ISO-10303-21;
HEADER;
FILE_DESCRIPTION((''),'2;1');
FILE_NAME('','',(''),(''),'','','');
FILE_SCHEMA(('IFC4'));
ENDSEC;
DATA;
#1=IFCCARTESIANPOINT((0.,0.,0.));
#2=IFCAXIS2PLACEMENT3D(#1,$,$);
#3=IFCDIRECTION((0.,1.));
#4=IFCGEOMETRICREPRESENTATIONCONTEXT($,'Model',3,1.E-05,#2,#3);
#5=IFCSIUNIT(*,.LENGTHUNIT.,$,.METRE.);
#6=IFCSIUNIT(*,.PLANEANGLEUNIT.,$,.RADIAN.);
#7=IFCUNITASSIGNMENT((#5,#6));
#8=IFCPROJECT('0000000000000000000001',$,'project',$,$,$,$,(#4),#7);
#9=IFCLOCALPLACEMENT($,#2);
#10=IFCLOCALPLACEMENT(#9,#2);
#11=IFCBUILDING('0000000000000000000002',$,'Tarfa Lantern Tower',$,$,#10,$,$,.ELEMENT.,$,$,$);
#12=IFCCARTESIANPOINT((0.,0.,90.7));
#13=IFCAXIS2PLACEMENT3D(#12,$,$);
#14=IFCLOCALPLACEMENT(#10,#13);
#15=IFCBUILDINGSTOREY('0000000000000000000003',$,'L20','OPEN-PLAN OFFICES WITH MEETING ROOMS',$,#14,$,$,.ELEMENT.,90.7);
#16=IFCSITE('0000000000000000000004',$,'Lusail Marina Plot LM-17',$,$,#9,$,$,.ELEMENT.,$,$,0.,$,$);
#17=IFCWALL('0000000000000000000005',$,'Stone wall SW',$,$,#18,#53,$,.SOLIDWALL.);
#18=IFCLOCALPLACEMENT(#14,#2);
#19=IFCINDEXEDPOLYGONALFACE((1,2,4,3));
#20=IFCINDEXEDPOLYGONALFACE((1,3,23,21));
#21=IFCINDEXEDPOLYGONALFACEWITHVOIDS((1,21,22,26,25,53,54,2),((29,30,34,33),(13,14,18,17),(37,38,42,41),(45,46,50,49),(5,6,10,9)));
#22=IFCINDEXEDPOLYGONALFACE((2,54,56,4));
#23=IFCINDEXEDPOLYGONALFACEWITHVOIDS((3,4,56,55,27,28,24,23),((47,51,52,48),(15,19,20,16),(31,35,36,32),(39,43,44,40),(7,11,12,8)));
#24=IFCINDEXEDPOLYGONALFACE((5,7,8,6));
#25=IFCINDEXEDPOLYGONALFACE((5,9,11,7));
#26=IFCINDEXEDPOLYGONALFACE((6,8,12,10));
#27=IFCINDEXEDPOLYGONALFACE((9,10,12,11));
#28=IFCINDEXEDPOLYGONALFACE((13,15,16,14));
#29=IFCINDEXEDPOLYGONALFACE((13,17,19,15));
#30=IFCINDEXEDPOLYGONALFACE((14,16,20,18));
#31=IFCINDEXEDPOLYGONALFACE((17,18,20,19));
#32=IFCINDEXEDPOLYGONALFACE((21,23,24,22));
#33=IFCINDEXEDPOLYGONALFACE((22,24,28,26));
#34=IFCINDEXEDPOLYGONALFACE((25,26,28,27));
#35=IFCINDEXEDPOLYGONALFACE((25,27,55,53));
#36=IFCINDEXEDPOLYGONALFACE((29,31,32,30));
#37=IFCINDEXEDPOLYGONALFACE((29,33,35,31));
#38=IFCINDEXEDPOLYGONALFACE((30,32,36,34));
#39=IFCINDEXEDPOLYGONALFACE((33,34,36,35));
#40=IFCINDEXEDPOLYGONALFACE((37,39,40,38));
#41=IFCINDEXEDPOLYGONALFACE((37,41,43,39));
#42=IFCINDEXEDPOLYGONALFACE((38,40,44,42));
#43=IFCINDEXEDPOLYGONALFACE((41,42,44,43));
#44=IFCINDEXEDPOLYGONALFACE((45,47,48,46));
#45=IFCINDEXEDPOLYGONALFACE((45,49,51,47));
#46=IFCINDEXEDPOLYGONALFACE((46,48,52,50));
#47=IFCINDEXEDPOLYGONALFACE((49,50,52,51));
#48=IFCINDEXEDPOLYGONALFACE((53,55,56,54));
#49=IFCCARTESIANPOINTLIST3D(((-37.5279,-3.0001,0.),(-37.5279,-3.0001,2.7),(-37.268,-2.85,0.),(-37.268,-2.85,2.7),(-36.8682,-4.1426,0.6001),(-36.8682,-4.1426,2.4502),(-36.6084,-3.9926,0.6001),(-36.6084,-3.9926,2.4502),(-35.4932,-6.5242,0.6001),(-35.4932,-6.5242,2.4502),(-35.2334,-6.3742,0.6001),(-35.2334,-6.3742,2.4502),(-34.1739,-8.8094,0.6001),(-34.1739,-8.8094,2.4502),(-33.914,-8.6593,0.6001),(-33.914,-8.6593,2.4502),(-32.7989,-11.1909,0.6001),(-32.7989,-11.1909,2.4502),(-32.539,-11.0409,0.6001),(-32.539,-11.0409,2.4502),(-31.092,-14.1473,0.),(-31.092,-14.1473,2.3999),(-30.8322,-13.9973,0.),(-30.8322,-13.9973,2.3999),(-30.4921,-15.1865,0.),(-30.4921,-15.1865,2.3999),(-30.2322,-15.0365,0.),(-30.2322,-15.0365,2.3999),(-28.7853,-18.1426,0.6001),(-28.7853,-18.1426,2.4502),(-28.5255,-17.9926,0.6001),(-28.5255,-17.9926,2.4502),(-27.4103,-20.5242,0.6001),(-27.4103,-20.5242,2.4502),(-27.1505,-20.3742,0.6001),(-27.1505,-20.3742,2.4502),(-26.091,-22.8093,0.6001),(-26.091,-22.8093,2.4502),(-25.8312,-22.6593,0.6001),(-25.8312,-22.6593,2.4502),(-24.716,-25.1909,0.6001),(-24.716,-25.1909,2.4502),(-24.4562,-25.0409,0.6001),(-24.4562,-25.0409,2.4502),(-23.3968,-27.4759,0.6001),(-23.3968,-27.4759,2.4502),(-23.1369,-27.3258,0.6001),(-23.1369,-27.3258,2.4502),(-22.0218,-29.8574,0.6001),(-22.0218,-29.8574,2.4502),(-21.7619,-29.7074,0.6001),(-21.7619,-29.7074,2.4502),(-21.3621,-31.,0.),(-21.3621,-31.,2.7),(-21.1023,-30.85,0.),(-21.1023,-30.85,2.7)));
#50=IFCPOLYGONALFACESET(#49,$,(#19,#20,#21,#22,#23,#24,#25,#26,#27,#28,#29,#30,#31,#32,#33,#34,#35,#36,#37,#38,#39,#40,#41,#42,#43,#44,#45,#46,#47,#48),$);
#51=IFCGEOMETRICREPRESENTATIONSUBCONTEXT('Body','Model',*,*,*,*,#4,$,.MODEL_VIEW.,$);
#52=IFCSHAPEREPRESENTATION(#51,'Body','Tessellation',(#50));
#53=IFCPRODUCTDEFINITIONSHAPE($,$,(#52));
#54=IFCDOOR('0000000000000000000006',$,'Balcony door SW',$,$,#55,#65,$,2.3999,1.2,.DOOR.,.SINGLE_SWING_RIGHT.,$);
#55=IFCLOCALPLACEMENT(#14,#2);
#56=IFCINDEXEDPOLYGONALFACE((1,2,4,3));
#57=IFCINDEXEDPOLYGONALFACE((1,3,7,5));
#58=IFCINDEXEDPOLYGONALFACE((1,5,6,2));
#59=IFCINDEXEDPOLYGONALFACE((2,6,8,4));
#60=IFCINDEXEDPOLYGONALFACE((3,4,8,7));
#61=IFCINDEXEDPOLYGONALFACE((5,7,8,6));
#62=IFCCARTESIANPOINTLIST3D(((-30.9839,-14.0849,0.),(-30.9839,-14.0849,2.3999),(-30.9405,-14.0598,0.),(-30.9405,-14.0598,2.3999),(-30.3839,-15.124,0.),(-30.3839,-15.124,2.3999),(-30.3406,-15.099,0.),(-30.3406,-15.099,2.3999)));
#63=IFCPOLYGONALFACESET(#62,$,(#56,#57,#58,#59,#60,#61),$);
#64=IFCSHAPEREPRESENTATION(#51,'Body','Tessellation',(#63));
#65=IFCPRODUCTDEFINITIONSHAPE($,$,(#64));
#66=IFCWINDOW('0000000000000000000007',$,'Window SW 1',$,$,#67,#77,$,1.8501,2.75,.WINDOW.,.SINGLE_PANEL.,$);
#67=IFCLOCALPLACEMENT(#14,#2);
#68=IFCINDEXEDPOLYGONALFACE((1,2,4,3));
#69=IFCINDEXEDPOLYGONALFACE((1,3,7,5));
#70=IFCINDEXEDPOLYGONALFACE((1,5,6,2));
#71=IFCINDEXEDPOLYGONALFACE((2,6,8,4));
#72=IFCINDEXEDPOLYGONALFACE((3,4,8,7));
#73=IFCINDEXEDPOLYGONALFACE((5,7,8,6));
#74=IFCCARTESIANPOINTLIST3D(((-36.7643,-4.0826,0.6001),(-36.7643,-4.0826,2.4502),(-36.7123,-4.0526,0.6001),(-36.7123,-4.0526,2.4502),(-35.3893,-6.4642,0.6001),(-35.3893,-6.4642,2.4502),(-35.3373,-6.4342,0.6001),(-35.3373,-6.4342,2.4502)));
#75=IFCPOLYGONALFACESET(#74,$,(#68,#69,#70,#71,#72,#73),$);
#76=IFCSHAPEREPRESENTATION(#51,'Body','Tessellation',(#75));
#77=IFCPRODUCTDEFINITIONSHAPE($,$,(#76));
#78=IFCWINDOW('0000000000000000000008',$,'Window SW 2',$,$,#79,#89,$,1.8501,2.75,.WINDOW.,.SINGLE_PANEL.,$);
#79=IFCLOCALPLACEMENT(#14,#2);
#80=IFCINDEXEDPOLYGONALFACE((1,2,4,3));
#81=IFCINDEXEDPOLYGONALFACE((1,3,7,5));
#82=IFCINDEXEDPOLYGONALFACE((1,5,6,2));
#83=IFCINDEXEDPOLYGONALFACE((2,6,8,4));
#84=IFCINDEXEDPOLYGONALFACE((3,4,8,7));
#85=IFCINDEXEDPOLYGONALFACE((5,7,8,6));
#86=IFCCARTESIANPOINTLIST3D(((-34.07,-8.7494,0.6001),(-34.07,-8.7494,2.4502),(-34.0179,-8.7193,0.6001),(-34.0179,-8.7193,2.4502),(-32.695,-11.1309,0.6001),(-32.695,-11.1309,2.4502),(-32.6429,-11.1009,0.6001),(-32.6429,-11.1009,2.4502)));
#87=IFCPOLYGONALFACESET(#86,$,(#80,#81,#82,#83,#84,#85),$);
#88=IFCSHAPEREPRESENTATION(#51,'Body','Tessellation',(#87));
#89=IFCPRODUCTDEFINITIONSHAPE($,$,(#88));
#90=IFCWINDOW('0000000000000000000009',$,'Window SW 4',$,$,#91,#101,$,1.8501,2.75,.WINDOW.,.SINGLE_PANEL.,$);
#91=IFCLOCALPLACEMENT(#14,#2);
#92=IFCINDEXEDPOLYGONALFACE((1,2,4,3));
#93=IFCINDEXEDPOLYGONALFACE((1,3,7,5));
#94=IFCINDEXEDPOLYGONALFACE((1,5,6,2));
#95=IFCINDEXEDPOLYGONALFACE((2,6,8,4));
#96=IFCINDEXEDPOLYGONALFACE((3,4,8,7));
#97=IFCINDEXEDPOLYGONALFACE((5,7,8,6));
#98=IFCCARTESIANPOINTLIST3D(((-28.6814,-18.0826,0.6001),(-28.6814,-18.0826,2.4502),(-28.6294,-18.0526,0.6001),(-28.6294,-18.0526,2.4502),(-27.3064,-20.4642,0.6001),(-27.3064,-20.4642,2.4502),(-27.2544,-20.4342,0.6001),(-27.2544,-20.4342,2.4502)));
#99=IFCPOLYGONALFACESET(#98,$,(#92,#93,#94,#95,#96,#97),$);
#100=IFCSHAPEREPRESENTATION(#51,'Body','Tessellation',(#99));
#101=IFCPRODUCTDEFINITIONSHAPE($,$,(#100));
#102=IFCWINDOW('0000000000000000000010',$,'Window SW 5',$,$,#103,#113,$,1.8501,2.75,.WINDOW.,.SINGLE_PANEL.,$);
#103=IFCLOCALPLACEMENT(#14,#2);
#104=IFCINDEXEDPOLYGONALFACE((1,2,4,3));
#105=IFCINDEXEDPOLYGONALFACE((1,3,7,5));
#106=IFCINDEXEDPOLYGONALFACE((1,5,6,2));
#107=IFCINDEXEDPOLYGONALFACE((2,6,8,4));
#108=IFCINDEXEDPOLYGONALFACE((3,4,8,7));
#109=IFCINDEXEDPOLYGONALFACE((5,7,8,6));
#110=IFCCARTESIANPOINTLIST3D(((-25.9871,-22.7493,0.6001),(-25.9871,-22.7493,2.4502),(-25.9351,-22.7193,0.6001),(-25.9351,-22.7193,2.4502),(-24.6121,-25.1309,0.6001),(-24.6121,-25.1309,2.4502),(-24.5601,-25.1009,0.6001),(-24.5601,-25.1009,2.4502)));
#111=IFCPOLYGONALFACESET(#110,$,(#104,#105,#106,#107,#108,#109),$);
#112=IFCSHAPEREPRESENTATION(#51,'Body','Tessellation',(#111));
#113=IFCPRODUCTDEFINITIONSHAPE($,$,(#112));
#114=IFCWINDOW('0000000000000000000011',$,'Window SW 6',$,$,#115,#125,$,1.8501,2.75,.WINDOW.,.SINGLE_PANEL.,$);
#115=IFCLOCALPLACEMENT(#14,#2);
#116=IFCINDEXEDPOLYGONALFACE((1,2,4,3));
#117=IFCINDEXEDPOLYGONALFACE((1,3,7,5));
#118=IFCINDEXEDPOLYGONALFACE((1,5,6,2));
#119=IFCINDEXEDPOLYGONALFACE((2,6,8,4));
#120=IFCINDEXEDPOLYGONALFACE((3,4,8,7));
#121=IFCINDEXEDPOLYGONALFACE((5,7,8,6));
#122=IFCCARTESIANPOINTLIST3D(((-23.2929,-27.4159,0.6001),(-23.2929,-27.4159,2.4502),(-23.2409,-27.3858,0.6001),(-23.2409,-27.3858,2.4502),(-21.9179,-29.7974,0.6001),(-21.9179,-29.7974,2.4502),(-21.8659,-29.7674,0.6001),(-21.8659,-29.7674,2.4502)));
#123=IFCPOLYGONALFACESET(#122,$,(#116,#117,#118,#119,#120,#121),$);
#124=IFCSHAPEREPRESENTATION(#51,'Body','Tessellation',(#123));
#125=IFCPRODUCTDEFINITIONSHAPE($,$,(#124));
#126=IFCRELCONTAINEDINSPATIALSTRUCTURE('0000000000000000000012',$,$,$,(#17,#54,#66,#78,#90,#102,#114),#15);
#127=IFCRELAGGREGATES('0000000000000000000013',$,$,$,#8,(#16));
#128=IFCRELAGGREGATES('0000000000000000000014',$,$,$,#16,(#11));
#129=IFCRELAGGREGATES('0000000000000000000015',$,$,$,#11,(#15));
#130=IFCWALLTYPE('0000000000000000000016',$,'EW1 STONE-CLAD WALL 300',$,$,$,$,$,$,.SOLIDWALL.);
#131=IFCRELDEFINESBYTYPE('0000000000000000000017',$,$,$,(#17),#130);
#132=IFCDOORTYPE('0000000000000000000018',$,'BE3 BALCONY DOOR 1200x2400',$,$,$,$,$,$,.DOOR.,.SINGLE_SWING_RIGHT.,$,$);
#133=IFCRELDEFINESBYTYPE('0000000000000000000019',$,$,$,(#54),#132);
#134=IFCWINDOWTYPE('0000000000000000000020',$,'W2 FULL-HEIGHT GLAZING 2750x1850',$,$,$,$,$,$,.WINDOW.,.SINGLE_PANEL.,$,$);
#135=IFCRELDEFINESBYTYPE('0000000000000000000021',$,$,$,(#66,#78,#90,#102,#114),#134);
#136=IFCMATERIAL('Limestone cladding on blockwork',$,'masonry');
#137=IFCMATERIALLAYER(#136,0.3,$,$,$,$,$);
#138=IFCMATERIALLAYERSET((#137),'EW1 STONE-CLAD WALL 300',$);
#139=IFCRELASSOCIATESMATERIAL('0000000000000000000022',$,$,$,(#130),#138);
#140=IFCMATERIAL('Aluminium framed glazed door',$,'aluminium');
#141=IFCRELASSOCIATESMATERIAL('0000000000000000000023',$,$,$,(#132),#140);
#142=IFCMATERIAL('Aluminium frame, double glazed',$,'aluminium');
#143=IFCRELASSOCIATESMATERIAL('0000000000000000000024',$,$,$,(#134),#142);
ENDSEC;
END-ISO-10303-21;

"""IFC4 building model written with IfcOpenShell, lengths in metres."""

from ifc_helpers import new_model, si_unit, direction, frame, frame_2d, origin, place, context, subcontext, project, spatial, rectangle, extrude, material, layer, layer_set, type_object, element, fill, save


model = new_model("IFC4")

# Units and contexts
model_context = context("Model", 3, precision=1e-05, world=origin(), true_north=direction((0.0, 1.0)))
body_context = subcontext(model_context, "Body", "Model", "MODEL_VIEW")
ifc_project = project(units=[si_unit("LENGTHUNIT", "METRE"), si_unit("PLANEANGLEUNIT", "RADIAN")], contexts=[model_context])

# Site, building, storey
site_placement = place(None, origin())
site = spatial("IfcSite", under=ifc_project, at=site_placement, Name="Lusail Marina Plot LM-17", CompositionType="ELEMENT", RefElevation=0.0)
building_placement = place(site_placement, origin())
building = spatial("IfcBuilding", under=site, at=building_placement, Name="Tarfa Lantern Tower", CompositionType="ELEMENT")
storey_placement = place(building_placement, frame((0.0, 0.0, 90.7)))
storey = spatial("IfcBuildingStorey", under=building, at=storey_placement, Name="L20", Description="OPEN-PLAN OFFICES WITH MEETING ROOMS", CompositionType="ELEMENT", Elevation=90.7)

# Wall, openings, door, windows
ifc_material_1 = material(Name="Limestone cladding on blockwork", Category="masonry")
ifc_layer_1 = layer(ifc_material_1, 0.3)
ifc_layer_set_1 = layer_set([ifc_layer_1], Name="EW1 STONE-CLAD WALL 300")
wall_type = type_object("IfcWallType", Name="EW1 STONE-CLAD WALL 300", PredefinedType="SOLIDWALL", material=ifc_layer_set_1)
wall_placement = place(storey_placement, frame((-37.3979, -2.925, 0.0), z_axis=(0.0, 0.0, 1.0), x_axis=(0.499999, -0.866026, 0.0)))
wall = element("IfcWall", 1, at=wall_placement, inside=storey, type_object=wall_type, Name="Stone wall SW", PredefinedType="SOLIDWALL", context=body_context, shape_type="SweptSolid", body=[
    extrude(rectangle(XDim=32.3315, YDim=0.3, at=frame_2d((16.1658, 0.0))), origin(), (0.0, 0.0, 1.0), 2.7),
])
opening_1_placement = place(wall_placement, frame((1.3193, 0.0, 0.6001)))
opening_1 = element("IfcOpeningElement", 2, at=opening_1_placement, cuts=wall, PredefinedType="OPENING", context=body_context, shape_type="SweptSolid", body=[
    extrude(rectangle(XDim=2.75, YDim=1.8501, at=frame_2d((1.375, 0.925))), frame((0.0, 0.1599, 0.0), z_axis=(0.0, -1.0, 0.0), x_axis=(1.0, 0.0, 0.0)), (0.0, 0.0, 1.0), 0.3201),
])
opening_2_placement = place(wall_placement, frame((6.708, 0.0, 0.6001)))
opening_2 = element("IfcOpeningElement", 3, at=opening_2_placement, cuts=wall, PredefinedType="OPENING", context=body_context, shape_type="SweptSolid", body=[
    extrude(rectangle(XDim=2.75, YDim=1.8501, at=frame_2d((1.375, 0.925))), frame((0.0, 0.1599, 0.0), z_axis=(0.0, -1.0, 0.0), x_axis=(1.0, 0.0, 0.0)), (0.0, 0.0, 1.0), 0.3201),
])
opening_3_placement = place(wall_placement, frame((12.8716, 0.0, 0.0)))
opening_3 = element("IfcOpeningElement", 4, at=opening_3_placement, cuts=wall, PredefinedType="OPENING", context=body_context, shape_type="SweptSolid", body=[
    extrude(rectangle(XDim=1.2, YDim=2.3999, at=frame_2d((0.6001, 1.2))), frame((0.0, 0.1599, 0.0), z_axis=(0.0, -1.0, 0.0), x_axis=(1.0, 0.0, 0.0)), (0.0, 0.0, 1.0), 0.3201),
])
opening_4_placement = place(wall_placement, frame((17.4851, 0.0, 0.6001)))
opening_4 = element("IfcOpeningElement", 5, at=opening_4_placement, cuts=wall, PredefinedType="OPENING", context=body_context, shape_type="SweptSolid", body=[
    extrude(rectangle(XDim=2.75, YDim=1.8501, at=frame_2d((1.375, 0.925))), frame((0.0, 0.1599, 0.0), z_axis=(0.0, -1.0, 0.0), x_axis=(1.0, 0.0, 0.0)), (0.0, 0.0, 1.0), 0.3201),
])
opening_5_placement = place(wall_placement, frame((22.8738, 0.0, 0.6001)))
opening_5 = element("IfcOpeningElement", 6, at=opening_5_placement, cuts=wall, PredefinedType="OPENING", context=body_context, shape_type="SweptSolid", body=[
    extrude(rectangle(XDim=2.75, YDim=1.8501, at=frame_2d((1.375, 0.925))), frame((0.0, 0.1599, 0.0), z_axis=(0.0, -1.0, 0.0), x_axis=(1.0, 0.0, 0.0)), (0.0, 0.0, 1.0), 0.3201),
])
opening_6_placement = place(wall_placement, frame((28.2622, 0.0, 0.6001)))
opening_6 = element("IfcOpeningElement", 7, at=opening_6_placement, cuts=wall, PredefinedType="OPENING", context=body_context, shape_type="SweptSolid", body=[
    extrude(rectangle(XDim=2.75, YDim=1.8501, at=frame_2d((1.375, 0.925))), frame((0.0, 0.1599, 0.0), z_axis=(0.0, -1.0, 0.0), x_axis=(1.0, 0.0, 0.0)), (0.0, 0.0, 1.0), 0.3201),
])
ifc_material_2 = material(Name="Aluminium framed glazed door", Category="aluminium")
door_type = type_object("IfcDoorType", Name="BE3 BALCONY DOOR 1200x2400", OperationType="SINGLE_SWING_RIGHT", PredefinedType="DOOR", material=ifc_material_2)
door_placement = place(opening_3_placement, origin())
door = element("IfcDoor", 8, at=door_placement, inside=storey, type_object=door_type, Name="Balcony door SW", OperationType="SINGLE_SWING_RIGHT", OverallHeight=2.3999, OverallWidth=1.2, PredefinedType="DOOR", context=body_context, shape_type="SweptSolid", body=[
    extrude(rectangle(XDim=1.2, YDim=2.3999, at=frame_2d((0.6001, 1.2))), frame((0.0, 0.0249, 0.0), z_axis=(0.0, -1.0, 0.0), x_axis=(1.0, 0.0, 0.0)), (0.0, 0.0, 1.0), 0.05),
])
fill(opening_3, door)
ifc_material_3 = material(Name="Aluminium frame, double glazed", Category="aluminium")
window_type = type_object("IfcWindowType", Name="W2 FULL-HEIGHT GLAZING 2750x1850", PartitioningType="SINGLE_PANEL", PredefinedType="WINDOW", material=ifc_material_3)
window_1_placement = place(opening_1_placement, origin())
window_1 = element("IfcWindow", 9, at=window_1_placement, inside=storey, type_object=window_type, Name="Window SW 1", OverallHeight=1.8501, OverallWidth=2.75, PartitioningType="SINGLE_PANEL", PredefinedType="WINDOW", context=body_context, shape_type="SweptSolid", body=[
    extrude(rectangle(XDim=2.75, YDim=1.8501, at=frame_2d((1.375, 0.925))), frame((0.0, 0.03, 0.0), z_axis=(0.0, -1.0, 0.0), x_axis=(1.0, 0.0, 0.0)), (0.0, 0.0, 1.0), 0.0601),
])
fill(opening_1, window_1)
window_2_placement = place(opening_2_placement, origin())
window_2 = element("IfcWindow", 10, at=window_2_placement, inside=storey, type_object=window_type, Name="Window SW 2", OverallHeight=1.8501, OverallWidth=2.75, PartitioningType="SINGLE_PANEL", PredefinedType="WINDOW", context=body_context, shape_type="SweptSolid", body=[
    extrude(rectangle(XDim=2.75, YDim=1.8501, at=frame_2d((1.375, 0.925))), frame((0.0, 0.03, 0.0), z_axis=(0.0, -1.0, 0.0), x_axis=(1.0, 0.0, 0.0)), (0.0, 0.0, 1.0), 0.0601),
])
fill(opening_2, window_2)
window_3_placement = place(opening_4_placement, origin())
window_3 = element("IfcWindow", 11, at=window_3_placement, inside=storey, type_object=window_type, Name="Window SW 4", OverallHeight=1.8501, OverallWidth=2.75, PartitioningType="SINGLE_PANEL", PredefinedType="WINDOW", context=body_context, shape_type="SweptSolid", body=[
    extrude(rectangle(XDim=2.75, YDim=1.8501, at=frame_2d((1.375, 0.925))), frame((0.0, 0.03, 0.0), z_axis=(0.0, -1.0, 0.0), x_axis=(1.0, 0.0, 0.0)), (0.0, 0.0, 1.0), 0.0601),
])
fill(opening_4, window_3)
window_4_placement = place(opening_5_placement, origin())
window_4 = element("IfcWindow", 12, at=window_4_placement, inside=storey, type_object=window_type, Name="Window SW 5", OverallHeight=1.8501, OverallWidth=2.75, PartitioningType="SINGLE_PANEL", PredefinedType="WINDOW", context=body_context, shape_type="SweptSolid", body=[
    extrude(rectangle(XDim=2.75, YDim=1.8501, at=frame_2d((1.375, 0.925))), frame((0.0, 0.03, 0.0), z_axis=(0.0, -1.0, 0.0), x_axis=(1.0, 0.0, 0.0)), (0.0, 0.0, 1.0), 0.0601),
])
fill(opening_5, window_4)
window_5_placement = place(opening_6_placement, origin())
window_5 = element("IfcWindow", 13, at=window_5_placement, inside=storey, type_object=window_type, Name="Window SW 6", OverallHeight=1.8501, OverallWidth=2.75, PartitioningType="SINGLE_PANEL", PredefinedType="WINDOW", context=body_context, shape_type="SweptSolid", body=[
    extrude(rectangle(XDim=2.75, YDim=1.8501, at=frame_2d((1.375, 0.925))), frame((0.0, 0.03, 0.0), z_axis=(0.0, -1.0, 0.0), x_axis=(1.0, 0.0, 0.0)), (0.0, 0.0, 1.0), 0.0601),
])
fill(opening_6, window_5)

save(model, "model.ifc")
